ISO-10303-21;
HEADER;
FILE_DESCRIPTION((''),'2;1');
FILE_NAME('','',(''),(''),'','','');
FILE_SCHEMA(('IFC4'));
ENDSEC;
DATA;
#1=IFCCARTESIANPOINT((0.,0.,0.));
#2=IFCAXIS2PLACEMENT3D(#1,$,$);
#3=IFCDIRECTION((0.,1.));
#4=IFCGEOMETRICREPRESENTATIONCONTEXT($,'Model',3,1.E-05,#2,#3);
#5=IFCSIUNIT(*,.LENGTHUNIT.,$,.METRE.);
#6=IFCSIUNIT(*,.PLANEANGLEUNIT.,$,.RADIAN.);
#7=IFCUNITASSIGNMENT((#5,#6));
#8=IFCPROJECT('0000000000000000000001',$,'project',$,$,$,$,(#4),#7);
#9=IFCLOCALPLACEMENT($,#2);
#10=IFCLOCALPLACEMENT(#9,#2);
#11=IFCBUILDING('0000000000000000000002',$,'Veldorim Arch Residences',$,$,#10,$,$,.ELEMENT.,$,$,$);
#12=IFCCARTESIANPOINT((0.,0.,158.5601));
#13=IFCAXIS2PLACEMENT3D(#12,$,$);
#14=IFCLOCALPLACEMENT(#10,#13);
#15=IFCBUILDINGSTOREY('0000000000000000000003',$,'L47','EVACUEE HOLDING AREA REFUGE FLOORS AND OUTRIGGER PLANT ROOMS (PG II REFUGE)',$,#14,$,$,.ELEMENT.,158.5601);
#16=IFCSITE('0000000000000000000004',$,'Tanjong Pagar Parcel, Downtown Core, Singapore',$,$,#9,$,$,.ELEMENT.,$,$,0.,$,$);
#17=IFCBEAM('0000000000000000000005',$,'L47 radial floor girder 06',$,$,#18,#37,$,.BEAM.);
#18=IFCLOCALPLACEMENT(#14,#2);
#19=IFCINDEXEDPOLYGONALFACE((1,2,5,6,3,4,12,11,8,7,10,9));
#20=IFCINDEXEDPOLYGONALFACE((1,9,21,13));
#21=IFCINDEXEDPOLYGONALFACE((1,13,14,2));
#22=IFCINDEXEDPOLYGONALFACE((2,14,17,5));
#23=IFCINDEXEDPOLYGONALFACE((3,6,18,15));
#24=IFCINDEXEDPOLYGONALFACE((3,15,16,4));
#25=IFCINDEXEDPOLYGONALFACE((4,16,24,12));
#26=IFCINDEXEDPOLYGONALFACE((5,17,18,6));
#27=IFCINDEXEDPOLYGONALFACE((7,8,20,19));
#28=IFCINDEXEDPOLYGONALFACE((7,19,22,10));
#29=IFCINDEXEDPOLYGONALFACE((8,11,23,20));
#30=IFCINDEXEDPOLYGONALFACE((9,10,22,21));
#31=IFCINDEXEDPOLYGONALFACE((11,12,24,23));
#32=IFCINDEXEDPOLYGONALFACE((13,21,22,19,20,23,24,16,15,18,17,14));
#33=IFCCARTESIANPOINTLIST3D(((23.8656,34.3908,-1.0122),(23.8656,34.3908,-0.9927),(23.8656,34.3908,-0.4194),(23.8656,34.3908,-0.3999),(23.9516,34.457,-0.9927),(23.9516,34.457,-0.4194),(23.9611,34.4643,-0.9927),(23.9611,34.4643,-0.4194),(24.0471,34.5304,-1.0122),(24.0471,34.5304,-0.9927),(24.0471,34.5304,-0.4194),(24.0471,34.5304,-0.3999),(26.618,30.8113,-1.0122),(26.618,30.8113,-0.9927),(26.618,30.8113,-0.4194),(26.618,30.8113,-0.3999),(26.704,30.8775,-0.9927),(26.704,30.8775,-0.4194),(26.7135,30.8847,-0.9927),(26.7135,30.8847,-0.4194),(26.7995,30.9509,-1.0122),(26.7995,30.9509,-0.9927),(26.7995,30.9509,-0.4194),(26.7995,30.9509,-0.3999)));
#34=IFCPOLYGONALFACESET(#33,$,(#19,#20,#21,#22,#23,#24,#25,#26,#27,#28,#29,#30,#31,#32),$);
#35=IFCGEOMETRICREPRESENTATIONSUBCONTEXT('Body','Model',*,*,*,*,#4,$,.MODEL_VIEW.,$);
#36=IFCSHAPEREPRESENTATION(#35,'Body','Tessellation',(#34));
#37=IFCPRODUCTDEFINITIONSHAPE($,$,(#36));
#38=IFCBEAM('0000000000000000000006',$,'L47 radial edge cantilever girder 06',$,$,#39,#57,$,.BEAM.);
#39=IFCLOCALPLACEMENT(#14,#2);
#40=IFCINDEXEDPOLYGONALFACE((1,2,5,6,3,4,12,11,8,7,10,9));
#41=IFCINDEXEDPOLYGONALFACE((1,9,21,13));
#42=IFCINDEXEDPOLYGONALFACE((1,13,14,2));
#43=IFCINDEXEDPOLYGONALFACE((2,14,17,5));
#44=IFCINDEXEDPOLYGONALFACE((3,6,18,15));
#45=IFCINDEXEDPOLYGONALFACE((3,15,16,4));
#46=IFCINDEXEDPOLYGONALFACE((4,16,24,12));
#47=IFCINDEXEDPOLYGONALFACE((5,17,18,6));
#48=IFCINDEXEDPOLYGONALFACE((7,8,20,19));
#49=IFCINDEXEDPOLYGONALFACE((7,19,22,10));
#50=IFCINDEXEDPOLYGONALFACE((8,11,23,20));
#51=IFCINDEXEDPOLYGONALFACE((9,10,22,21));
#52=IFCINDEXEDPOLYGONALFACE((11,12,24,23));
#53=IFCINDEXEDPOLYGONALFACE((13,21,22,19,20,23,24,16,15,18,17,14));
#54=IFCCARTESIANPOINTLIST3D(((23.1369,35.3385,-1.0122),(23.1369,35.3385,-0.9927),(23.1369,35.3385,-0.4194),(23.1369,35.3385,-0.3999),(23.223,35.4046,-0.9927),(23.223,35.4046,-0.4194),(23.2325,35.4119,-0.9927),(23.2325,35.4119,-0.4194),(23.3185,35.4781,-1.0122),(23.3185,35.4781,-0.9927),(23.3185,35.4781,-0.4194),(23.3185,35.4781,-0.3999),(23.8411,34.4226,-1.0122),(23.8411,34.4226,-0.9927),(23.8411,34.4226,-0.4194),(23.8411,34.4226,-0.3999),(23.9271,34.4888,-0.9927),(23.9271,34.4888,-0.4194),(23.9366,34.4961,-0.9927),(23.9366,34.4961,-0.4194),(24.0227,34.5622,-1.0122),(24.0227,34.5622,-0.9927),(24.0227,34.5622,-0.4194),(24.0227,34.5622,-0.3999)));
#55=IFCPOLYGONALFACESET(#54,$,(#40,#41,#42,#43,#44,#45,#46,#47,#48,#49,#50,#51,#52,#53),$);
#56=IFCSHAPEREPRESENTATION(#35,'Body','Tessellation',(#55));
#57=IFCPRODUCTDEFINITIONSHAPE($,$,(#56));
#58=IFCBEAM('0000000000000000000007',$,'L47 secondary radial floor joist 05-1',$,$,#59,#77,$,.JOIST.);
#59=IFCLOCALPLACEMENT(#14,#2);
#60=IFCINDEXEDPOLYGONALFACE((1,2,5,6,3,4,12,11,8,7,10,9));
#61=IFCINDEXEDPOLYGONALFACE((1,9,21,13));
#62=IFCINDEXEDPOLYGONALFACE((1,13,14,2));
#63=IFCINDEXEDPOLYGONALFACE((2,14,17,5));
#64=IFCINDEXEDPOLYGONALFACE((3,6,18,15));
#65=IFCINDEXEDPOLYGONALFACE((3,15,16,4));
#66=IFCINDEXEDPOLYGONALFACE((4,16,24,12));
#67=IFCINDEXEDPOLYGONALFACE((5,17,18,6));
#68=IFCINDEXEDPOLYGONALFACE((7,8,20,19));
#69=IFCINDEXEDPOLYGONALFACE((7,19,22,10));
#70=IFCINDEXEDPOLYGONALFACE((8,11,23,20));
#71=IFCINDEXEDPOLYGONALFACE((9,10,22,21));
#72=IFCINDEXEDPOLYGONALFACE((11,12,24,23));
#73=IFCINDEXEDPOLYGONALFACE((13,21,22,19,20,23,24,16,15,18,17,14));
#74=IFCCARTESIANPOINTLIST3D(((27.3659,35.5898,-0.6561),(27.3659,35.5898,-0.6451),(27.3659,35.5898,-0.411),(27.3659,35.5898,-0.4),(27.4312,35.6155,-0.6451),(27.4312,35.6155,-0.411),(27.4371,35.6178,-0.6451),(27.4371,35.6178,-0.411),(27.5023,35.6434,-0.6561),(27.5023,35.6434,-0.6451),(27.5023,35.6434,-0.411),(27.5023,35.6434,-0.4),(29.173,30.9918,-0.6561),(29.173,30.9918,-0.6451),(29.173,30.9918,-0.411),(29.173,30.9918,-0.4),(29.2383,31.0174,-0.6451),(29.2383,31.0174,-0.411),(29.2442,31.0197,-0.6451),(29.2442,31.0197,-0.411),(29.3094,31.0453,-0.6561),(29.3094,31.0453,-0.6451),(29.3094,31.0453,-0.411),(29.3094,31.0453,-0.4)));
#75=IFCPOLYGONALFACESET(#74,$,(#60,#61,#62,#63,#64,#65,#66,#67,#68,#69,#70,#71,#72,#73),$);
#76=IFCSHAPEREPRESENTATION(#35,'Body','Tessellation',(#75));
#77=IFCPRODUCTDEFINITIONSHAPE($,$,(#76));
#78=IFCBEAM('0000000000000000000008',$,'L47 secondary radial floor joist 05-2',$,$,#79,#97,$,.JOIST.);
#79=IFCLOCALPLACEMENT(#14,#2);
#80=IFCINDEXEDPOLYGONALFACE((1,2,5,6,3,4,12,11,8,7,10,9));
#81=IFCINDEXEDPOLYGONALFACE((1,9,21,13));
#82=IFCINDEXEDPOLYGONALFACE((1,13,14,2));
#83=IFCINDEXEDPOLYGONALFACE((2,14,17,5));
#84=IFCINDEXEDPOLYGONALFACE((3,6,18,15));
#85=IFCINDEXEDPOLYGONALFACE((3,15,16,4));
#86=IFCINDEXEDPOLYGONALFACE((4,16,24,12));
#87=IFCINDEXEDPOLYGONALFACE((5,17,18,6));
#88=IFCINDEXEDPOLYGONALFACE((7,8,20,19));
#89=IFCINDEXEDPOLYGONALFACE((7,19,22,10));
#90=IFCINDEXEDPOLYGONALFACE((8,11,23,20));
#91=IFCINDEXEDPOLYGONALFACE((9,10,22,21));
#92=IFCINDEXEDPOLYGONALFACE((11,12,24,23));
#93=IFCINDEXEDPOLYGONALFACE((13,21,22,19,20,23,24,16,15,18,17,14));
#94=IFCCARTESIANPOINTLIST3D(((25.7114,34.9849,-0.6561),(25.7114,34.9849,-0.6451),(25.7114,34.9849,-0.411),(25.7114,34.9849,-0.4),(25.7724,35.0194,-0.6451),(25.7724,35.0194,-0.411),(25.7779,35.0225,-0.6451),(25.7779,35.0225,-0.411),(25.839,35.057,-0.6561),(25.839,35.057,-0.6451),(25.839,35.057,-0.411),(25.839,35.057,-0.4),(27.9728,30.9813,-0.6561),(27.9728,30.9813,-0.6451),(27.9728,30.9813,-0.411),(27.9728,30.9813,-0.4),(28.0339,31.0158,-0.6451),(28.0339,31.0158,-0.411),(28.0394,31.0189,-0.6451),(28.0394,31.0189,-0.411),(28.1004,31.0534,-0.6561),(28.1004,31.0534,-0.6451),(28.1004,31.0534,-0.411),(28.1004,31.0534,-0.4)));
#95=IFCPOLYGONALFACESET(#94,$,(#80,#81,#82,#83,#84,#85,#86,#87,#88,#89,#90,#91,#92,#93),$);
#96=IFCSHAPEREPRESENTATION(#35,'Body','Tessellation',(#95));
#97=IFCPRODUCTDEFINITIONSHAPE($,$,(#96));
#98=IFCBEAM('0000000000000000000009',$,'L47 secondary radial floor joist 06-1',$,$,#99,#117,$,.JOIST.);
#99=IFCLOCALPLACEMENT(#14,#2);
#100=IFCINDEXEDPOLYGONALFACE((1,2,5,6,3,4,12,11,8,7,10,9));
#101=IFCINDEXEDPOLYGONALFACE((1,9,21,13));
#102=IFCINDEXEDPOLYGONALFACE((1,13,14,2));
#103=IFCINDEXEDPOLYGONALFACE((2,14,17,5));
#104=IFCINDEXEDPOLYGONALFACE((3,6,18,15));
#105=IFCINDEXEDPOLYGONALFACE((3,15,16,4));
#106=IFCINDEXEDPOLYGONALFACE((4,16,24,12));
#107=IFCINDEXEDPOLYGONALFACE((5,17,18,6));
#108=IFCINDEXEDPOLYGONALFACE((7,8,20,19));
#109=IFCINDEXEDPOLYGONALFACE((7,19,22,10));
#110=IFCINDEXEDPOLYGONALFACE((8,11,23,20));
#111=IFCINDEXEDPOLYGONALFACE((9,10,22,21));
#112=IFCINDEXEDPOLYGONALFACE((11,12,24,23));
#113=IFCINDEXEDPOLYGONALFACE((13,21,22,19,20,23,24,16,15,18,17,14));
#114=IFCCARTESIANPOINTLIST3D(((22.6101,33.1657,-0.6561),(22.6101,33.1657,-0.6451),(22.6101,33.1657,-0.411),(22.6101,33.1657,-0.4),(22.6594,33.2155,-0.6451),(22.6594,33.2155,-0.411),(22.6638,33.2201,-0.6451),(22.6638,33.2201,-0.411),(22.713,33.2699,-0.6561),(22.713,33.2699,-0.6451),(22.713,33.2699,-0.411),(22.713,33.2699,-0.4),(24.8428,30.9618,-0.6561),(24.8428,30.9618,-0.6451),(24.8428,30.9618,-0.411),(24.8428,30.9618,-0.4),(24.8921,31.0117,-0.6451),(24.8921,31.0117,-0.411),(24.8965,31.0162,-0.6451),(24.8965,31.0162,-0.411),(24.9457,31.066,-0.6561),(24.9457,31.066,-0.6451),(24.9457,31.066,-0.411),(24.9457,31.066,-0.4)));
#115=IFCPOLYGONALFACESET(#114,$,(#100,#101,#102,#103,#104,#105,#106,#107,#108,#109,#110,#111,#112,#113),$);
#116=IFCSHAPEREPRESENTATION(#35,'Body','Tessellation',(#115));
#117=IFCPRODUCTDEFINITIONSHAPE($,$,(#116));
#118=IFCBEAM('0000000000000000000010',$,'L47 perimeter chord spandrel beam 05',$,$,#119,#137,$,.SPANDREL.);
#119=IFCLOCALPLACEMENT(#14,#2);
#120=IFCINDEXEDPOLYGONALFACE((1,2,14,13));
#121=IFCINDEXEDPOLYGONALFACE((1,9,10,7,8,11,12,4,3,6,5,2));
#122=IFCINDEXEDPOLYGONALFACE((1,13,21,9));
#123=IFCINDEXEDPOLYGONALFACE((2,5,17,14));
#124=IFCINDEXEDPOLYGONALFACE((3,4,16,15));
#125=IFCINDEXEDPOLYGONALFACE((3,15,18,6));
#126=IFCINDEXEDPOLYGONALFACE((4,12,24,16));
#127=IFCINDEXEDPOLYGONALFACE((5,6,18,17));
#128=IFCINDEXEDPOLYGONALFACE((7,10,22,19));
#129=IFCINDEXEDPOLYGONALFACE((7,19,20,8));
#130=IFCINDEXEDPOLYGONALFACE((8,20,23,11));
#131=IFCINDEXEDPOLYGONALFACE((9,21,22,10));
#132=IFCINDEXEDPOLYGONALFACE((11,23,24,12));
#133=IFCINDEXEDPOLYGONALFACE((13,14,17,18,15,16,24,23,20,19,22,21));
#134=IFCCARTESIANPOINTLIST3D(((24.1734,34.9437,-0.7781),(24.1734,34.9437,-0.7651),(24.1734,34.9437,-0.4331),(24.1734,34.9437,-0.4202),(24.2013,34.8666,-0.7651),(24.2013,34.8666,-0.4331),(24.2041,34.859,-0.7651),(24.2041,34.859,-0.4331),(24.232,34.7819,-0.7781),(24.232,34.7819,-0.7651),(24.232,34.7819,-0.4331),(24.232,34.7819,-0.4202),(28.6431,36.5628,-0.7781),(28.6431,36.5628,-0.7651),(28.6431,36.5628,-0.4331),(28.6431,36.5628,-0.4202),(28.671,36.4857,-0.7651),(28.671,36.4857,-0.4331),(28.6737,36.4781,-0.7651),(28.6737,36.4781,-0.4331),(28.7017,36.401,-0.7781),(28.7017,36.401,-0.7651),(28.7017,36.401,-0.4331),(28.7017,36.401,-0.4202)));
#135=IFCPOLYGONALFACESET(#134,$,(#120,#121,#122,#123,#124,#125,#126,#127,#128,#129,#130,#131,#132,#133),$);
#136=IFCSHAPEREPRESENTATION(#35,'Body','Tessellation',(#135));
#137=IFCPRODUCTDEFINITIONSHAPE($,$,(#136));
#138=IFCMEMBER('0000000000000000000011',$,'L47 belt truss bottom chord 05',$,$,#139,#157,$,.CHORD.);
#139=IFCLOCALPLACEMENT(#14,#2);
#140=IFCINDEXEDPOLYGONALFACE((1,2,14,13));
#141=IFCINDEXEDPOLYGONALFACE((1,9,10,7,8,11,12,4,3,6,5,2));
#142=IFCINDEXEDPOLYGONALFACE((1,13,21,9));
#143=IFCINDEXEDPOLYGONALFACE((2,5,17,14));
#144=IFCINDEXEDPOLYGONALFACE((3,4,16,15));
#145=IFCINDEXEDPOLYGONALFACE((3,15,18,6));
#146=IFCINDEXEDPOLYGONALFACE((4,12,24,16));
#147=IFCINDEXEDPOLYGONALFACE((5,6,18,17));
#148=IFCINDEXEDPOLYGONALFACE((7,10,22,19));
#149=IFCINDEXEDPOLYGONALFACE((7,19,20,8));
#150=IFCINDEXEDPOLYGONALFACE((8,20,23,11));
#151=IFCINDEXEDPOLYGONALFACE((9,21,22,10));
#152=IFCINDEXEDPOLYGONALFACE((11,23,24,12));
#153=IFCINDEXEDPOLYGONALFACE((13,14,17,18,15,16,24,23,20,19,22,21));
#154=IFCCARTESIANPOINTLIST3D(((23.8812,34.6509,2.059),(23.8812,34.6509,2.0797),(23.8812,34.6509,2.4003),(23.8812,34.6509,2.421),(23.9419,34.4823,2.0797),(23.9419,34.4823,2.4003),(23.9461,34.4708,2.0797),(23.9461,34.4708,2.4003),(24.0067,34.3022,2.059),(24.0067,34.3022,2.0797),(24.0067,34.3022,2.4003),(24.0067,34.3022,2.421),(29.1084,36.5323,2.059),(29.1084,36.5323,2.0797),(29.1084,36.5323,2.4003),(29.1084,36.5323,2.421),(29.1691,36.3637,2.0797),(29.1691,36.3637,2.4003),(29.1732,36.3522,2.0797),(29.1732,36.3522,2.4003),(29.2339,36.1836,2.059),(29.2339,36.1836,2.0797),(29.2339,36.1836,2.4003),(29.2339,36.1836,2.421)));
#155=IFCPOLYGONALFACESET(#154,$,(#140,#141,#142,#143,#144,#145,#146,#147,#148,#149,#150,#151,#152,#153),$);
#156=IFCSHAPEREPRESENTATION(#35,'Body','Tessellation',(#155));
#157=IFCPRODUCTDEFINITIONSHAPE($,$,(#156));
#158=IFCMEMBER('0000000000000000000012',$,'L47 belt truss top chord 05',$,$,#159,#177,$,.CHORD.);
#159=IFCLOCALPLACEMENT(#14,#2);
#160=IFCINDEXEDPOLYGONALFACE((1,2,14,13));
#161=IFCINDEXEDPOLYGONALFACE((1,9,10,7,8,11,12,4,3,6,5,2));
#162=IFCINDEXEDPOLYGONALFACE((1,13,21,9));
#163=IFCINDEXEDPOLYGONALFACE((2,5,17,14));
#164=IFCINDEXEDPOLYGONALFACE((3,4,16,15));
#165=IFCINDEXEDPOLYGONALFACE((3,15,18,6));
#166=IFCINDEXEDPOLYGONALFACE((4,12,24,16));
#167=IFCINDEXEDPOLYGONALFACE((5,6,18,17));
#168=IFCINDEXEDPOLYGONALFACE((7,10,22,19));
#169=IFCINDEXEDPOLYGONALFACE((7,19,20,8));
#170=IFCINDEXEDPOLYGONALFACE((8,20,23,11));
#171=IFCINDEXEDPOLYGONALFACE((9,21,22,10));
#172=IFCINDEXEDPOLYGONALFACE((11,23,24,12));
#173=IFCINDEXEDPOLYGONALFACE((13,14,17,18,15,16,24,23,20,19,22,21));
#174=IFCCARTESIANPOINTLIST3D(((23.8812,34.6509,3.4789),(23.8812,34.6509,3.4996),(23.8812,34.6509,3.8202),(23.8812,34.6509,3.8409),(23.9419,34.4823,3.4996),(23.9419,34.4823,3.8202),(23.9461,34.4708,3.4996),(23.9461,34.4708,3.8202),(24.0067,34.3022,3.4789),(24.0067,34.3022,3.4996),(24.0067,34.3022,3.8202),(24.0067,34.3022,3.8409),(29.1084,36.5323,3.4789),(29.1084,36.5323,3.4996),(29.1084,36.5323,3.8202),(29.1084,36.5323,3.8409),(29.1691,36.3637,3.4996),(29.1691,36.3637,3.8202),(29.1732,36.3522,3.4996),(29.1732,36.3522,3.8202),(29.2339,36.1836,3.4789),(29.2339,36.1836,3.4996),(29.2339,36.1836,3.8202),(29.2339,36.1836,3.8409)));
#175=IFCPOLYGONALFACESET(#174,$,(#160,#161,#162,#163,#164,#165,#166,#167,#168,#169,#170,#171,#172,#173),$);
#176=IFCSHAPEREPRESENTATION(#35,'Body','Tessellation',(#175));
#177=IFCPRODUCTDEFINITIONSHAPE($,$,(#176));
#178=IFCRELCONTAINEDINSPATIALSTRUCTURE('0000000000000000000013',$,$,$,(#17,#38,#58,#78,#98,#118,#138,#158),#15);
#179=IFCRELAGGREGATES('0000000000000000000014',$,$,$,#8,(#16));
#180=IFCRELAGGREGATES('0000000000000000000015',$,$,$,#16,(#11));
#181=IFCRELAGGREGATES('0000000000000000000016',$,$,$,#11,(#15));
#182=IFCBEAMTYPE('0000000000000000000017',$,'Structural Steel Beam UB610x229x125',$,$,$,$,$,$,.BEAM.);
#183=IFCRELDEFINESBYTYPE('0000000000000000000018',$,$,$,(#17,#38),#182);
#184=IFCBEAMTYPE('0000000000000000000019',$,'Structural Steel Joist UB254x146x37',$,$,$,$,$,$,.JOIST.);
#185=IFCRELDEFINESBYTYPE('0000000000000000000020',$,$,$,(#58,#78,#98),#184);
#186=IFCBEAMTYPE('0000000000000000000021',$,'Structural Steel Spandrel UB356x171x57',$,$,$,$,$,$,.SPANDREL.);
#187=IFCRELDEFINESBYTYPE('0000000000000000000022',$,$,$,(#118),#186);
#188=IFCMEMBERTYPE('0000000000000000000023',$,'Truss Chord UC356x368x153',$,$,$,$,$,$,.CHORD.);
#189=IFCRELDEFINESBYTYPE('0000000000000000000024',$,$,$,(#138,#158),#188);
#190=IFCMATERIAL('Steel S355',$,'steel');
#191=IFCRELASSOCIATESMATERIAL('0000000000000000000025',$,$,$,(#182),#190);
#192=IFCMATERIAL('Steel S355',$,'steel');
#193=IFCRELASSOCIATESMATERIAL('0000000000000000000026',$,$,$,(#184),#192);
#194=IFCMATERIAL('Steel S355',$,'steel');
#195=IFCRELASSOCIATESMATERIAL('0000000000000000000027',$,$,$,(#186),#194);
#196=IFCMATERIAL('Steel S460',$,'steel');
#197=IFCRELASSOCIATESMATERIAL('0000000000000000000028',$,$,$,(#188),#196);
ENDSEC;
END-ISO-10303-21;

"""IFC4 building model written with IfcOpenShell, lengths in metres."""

from ifc_helpers import new_model, si_unit, direction, frame, origin, origin_2d, place, context, subcontext, project, spatial, i_section, extrude, material, material_profile, profile_set, type_object, element, save


model = new_model("IFC4")

# Units and contexts
model_context = context("Model", 3, precision=1e-05, world=origin(), true_north=direction((0.0, 1.0)))
body_context = subcontext(model_context, "Body", "Model", "MODEL_VIEW")
ifc_project = project(units=[si_unit("LENGTHUNIT", "METRE"), si_unit("PLANEANGLEUNIT", "RADIAN")], contexts=[model_context])

# Site, building, storey
site_placement = place(None, origin())
site = spatial("IfcSite", under=ifc_project, at=site_placement, Name="Tanjong Pagar Parcel, Downtown Core, Singapore", CompositionType="ELEMENT", RefElevation=0.0)
building_placement = place(site_placement, origin())
building = spatial("IfcBuilding", under=site, at=building_placement, Name="Veldorim Arch Residences", CompositionType="ELEMENT")
storey_placement = place(building_placement, frame((0.0, 0.0, 158.5601)))
storey = spatial("IfcBuildingStorey", under=building, at=storey_placement, Name="L47", Description="EVACUEE HOLDING AREA REFUGE FLOORS AND OUTRIGGER PLANT ROOMS (PG II REFUGE)", CompositionType="ELEMENT", Elevation=158.5601)

# Beams
ifc_material_1 = material(Name="Steel S355", Category="steel")
ifc_material_profile_1 = material_profile(ifc_material_1, i_section(OverallWidth=0.229, OverallDepth=0.6123, WebThickness=0.012, FlangeThickness=0.0195, at=origin_2d()), Name="UB610x229x125")
ifc_profile_set_1 = profile_set([ifc_material_profile_1], Name="Steel S355")
beam_type_1 = type_object("IfcBeamType", Name="Structural Steel Beam UB610x229x125", PredefinedType="BEAM", material=ifc_profile_set_1)
beam_1_placement = place(storey_placement, frame((26.7087, 30.8811, -0.7061), z_axis=(-0.609559, 0.792741, 0.0), x_axis=(-0.792741, -0.609559, 0.0)))
element("IfcBeam", 1, at=beam_1_placement, inside=storey, type_object=beam_type_1, Name="L47 radial floor girder 06", PredefinedType="BEAM", context=body_context, shape_type="SweptSolid", body=[
    extrude(i_section(OverallWidth=0.229, OverallDepth=0.6123, WebThickness=0.012, FlangeThickness=0.0195, at=origin_2d()), origin(), (0.0, 0.0, 1.0), 4.5154),
])
beam_2_placement = place(storey_placement, frame((23.9319, 34.4924, -0.7061), z_axis=(-0.609527, 0.792765, 0.0), x_axis=(-0.792765, -0.609527, 0.0)))
element("IfcBeam", 2, at=beam_2_placement, inside=storey, type_object=beam_type_1, Name="L47 radial edge cantilever girder 06", PredefinedType="BEAM", context=body_context, shape_type="SweptSolid", body=[
    extrude(i_section(OverallWidth=0.229, OverallDepth=0.6123, WebThickness=0.012, FlangeThickness=0.0195, at=origin_2d()), origin(), (0.0, 0.0, 1.0), 1.1553),
])
ifc_material_2 = material(Name="Steel S355", Category="steel")
ifc_material_profile_2 = material_profile(ifc_material_2, i_section(OverallWidth=0.1465, OverallDepth=0.2561, WebThickness=0.0063, FlangeThickness=0.011, at=origin_2d()), Name="UB254x146x37")
ifc_profile_set_2 = profile_set([ifc_material_profile_2], Name="Steel S355")
beam_type_2 = type_object("IfcBeamType", Name="Structural Steel Joist UB254x146x37", PredefinedType="JOIST", material=ifc_profile_set_2)
beam_3_placement = place(storey_placement, frame((29.2412, 31.0186, -0.5281), z_axis=(-0.365778, 0.930702, 0.0), x_axis=(-0.930702, -0.365778, 0.0)))
element("IfcBeam", 3, at=beam_3_placement, inside=storey, type_object=beam_type_2, Name="L47 secondary radial floor joist 05-1", PredefinedType="JOIST", context=body_context, shape_type="SweptSolid", body=[
    extrude(i_section(OverallWidth=0.1465, OverallDepth=0.2561, WebThickness=0.0063, FlangeThickness=0.011, at=origin_2d()), origin(), (0.0, 0.0, 1.0), 4.9404),
])
beam_4_placement = place(storey_placement, frame((28.0366, 31.0173, -0.5281), z_axis=(-0.491816, 0.870699, 0.0), x_axis=(-0.870699, -0.491816, 0.0)))
element("IfcBeam", 4, at=beam_4_placement, inside=storey, type_object=beam_type_2, Name="L47 secondary radial floor joist 05-2", PredefinedType="JOIST", context=body_context, shape_type="SweptSolid", body=[
    extrude(i_section(OverallWidth=0.1465, OverallDepth=0.2561, WebThickness=0.0063, FlangeThickness=0.011, at=origin_2d()), origin(), (0.0, 0.0, 1.0), 4.5981),
])
beam_5_placement = place(storey_placement, frame((24.8943, 31.0139, -0.5281), z_axis=(-0.711683, 0.7025, 0.0), x_axis=(-0.7025, -0.711683, 0.0)))
element("IfcBeam", 5, at=beam_5_placement, inside=storey, type_object=beam_type_2, Name="L47 secondary radial floor joist 06-1", PredefinedType="JOIST", context=body_context, shape_type="SweptSolid", body=[
    extrude(i_section(OverallWidth=0.1465, OverallDepth=0.2561, WebThickness=0.0063, FlangeThickness=0.011, at=origin_2d()), origin(), (0.0, 0.0, 1.0), 3.1372),
])
ifc_material_3 = material(Name="Steel S355", Category="steel")
ifc_material_profile_3 = material_profile(ifc_material_3, i_section(OverallWidth=0.1721, OverallDepth=0.3579, WebThickness=0.0081, FlangeThickness=0.0129, at=origin_2d()), Name="UB356x171x57")
ifc_profile_set_3 = profile_set([ifc_material_profile_3], Name="Steel S355")
beam_type_3 = type_object("IfcBeamType", Name="Structural Steel Spandrel UB356x171x57", PredefinedType="SPANDREL", material=ifc_profile_set_3)
beam_6_placement = place(storey_placement, frame((28.6724, 36.4819, -0.5991), z_axis=(-0.940213, -0.340588, 0.0), x_axis=(0.340588, -0.940213, 0.0)))
element("IfcBeam", 6, at=beam_6_placement, inside=storey, type_object=beam_type_3, Name="L47 perimeter chord spandrel beam 05", PredefinedType="SPANDREL", context=body_context, shape_type="SweptSolid", body=[
    extrude(i_section(OverallWidth=0.1721, OverallDepth=0.3579, WebThickness=0.0081, FlangeThickness=0.0129, at=origin_2d()), origin(), (0.0, 0.0, 1.0), 4.7539),
])

# Members
ifc_material_4 = material(Name="Steel S460", Category="steel")
ifc_material_profile_4 = material_profile(ifc_material_4, i_section(OverallWidth=0.3706, OverallDepth=0.3621, WebThickness=0.0122, FlangeThickness=0.0208, at=origin_2d()), Name="UC356x368x153")
ifc_profile_set_4 = profile_set([ifc_material_profile_4], Name="Steel S460")
member_type = type_object("IfcMemberType", Name="Truss Chord UC356x368x153", PredefinedType="CHORD", material=ifc_profile_set_4)
for number, where, z_axis, x_axis, name in (
    (7, (29.1711, 36.3579, 2.24), (-0.94091, -0.338657, 0.0), (0.338657, -0.94091, 0.0), "L47 belt truss bottom chord 05"),
    (8, (29.1711, 36.3579, 3.6599), (-0.94091, -0.338657, 0.0), (0.338657, -0.94091, 0.0), "L47 belt truss top chord 05"),
):
    element("IfcMember", number, at=place(storey_placement, frame(where, z_axis=z_axis, x_axis=x_axis)), inside=storey, type_object=member_type, Name=name, PredefinedType="CHORD", context=body_context, shape_type="SweptSolid", body=[
        extrude(i_section(OverallWidth=0.3706, OverallDepth=0.3621, WebThickness=0.0122, FlangeThickness=0.0208, at=origin_2d()), origin(), (0.0, 0.0, 1.0), 5.5554),
    ])

save(model, "model.ifc")
